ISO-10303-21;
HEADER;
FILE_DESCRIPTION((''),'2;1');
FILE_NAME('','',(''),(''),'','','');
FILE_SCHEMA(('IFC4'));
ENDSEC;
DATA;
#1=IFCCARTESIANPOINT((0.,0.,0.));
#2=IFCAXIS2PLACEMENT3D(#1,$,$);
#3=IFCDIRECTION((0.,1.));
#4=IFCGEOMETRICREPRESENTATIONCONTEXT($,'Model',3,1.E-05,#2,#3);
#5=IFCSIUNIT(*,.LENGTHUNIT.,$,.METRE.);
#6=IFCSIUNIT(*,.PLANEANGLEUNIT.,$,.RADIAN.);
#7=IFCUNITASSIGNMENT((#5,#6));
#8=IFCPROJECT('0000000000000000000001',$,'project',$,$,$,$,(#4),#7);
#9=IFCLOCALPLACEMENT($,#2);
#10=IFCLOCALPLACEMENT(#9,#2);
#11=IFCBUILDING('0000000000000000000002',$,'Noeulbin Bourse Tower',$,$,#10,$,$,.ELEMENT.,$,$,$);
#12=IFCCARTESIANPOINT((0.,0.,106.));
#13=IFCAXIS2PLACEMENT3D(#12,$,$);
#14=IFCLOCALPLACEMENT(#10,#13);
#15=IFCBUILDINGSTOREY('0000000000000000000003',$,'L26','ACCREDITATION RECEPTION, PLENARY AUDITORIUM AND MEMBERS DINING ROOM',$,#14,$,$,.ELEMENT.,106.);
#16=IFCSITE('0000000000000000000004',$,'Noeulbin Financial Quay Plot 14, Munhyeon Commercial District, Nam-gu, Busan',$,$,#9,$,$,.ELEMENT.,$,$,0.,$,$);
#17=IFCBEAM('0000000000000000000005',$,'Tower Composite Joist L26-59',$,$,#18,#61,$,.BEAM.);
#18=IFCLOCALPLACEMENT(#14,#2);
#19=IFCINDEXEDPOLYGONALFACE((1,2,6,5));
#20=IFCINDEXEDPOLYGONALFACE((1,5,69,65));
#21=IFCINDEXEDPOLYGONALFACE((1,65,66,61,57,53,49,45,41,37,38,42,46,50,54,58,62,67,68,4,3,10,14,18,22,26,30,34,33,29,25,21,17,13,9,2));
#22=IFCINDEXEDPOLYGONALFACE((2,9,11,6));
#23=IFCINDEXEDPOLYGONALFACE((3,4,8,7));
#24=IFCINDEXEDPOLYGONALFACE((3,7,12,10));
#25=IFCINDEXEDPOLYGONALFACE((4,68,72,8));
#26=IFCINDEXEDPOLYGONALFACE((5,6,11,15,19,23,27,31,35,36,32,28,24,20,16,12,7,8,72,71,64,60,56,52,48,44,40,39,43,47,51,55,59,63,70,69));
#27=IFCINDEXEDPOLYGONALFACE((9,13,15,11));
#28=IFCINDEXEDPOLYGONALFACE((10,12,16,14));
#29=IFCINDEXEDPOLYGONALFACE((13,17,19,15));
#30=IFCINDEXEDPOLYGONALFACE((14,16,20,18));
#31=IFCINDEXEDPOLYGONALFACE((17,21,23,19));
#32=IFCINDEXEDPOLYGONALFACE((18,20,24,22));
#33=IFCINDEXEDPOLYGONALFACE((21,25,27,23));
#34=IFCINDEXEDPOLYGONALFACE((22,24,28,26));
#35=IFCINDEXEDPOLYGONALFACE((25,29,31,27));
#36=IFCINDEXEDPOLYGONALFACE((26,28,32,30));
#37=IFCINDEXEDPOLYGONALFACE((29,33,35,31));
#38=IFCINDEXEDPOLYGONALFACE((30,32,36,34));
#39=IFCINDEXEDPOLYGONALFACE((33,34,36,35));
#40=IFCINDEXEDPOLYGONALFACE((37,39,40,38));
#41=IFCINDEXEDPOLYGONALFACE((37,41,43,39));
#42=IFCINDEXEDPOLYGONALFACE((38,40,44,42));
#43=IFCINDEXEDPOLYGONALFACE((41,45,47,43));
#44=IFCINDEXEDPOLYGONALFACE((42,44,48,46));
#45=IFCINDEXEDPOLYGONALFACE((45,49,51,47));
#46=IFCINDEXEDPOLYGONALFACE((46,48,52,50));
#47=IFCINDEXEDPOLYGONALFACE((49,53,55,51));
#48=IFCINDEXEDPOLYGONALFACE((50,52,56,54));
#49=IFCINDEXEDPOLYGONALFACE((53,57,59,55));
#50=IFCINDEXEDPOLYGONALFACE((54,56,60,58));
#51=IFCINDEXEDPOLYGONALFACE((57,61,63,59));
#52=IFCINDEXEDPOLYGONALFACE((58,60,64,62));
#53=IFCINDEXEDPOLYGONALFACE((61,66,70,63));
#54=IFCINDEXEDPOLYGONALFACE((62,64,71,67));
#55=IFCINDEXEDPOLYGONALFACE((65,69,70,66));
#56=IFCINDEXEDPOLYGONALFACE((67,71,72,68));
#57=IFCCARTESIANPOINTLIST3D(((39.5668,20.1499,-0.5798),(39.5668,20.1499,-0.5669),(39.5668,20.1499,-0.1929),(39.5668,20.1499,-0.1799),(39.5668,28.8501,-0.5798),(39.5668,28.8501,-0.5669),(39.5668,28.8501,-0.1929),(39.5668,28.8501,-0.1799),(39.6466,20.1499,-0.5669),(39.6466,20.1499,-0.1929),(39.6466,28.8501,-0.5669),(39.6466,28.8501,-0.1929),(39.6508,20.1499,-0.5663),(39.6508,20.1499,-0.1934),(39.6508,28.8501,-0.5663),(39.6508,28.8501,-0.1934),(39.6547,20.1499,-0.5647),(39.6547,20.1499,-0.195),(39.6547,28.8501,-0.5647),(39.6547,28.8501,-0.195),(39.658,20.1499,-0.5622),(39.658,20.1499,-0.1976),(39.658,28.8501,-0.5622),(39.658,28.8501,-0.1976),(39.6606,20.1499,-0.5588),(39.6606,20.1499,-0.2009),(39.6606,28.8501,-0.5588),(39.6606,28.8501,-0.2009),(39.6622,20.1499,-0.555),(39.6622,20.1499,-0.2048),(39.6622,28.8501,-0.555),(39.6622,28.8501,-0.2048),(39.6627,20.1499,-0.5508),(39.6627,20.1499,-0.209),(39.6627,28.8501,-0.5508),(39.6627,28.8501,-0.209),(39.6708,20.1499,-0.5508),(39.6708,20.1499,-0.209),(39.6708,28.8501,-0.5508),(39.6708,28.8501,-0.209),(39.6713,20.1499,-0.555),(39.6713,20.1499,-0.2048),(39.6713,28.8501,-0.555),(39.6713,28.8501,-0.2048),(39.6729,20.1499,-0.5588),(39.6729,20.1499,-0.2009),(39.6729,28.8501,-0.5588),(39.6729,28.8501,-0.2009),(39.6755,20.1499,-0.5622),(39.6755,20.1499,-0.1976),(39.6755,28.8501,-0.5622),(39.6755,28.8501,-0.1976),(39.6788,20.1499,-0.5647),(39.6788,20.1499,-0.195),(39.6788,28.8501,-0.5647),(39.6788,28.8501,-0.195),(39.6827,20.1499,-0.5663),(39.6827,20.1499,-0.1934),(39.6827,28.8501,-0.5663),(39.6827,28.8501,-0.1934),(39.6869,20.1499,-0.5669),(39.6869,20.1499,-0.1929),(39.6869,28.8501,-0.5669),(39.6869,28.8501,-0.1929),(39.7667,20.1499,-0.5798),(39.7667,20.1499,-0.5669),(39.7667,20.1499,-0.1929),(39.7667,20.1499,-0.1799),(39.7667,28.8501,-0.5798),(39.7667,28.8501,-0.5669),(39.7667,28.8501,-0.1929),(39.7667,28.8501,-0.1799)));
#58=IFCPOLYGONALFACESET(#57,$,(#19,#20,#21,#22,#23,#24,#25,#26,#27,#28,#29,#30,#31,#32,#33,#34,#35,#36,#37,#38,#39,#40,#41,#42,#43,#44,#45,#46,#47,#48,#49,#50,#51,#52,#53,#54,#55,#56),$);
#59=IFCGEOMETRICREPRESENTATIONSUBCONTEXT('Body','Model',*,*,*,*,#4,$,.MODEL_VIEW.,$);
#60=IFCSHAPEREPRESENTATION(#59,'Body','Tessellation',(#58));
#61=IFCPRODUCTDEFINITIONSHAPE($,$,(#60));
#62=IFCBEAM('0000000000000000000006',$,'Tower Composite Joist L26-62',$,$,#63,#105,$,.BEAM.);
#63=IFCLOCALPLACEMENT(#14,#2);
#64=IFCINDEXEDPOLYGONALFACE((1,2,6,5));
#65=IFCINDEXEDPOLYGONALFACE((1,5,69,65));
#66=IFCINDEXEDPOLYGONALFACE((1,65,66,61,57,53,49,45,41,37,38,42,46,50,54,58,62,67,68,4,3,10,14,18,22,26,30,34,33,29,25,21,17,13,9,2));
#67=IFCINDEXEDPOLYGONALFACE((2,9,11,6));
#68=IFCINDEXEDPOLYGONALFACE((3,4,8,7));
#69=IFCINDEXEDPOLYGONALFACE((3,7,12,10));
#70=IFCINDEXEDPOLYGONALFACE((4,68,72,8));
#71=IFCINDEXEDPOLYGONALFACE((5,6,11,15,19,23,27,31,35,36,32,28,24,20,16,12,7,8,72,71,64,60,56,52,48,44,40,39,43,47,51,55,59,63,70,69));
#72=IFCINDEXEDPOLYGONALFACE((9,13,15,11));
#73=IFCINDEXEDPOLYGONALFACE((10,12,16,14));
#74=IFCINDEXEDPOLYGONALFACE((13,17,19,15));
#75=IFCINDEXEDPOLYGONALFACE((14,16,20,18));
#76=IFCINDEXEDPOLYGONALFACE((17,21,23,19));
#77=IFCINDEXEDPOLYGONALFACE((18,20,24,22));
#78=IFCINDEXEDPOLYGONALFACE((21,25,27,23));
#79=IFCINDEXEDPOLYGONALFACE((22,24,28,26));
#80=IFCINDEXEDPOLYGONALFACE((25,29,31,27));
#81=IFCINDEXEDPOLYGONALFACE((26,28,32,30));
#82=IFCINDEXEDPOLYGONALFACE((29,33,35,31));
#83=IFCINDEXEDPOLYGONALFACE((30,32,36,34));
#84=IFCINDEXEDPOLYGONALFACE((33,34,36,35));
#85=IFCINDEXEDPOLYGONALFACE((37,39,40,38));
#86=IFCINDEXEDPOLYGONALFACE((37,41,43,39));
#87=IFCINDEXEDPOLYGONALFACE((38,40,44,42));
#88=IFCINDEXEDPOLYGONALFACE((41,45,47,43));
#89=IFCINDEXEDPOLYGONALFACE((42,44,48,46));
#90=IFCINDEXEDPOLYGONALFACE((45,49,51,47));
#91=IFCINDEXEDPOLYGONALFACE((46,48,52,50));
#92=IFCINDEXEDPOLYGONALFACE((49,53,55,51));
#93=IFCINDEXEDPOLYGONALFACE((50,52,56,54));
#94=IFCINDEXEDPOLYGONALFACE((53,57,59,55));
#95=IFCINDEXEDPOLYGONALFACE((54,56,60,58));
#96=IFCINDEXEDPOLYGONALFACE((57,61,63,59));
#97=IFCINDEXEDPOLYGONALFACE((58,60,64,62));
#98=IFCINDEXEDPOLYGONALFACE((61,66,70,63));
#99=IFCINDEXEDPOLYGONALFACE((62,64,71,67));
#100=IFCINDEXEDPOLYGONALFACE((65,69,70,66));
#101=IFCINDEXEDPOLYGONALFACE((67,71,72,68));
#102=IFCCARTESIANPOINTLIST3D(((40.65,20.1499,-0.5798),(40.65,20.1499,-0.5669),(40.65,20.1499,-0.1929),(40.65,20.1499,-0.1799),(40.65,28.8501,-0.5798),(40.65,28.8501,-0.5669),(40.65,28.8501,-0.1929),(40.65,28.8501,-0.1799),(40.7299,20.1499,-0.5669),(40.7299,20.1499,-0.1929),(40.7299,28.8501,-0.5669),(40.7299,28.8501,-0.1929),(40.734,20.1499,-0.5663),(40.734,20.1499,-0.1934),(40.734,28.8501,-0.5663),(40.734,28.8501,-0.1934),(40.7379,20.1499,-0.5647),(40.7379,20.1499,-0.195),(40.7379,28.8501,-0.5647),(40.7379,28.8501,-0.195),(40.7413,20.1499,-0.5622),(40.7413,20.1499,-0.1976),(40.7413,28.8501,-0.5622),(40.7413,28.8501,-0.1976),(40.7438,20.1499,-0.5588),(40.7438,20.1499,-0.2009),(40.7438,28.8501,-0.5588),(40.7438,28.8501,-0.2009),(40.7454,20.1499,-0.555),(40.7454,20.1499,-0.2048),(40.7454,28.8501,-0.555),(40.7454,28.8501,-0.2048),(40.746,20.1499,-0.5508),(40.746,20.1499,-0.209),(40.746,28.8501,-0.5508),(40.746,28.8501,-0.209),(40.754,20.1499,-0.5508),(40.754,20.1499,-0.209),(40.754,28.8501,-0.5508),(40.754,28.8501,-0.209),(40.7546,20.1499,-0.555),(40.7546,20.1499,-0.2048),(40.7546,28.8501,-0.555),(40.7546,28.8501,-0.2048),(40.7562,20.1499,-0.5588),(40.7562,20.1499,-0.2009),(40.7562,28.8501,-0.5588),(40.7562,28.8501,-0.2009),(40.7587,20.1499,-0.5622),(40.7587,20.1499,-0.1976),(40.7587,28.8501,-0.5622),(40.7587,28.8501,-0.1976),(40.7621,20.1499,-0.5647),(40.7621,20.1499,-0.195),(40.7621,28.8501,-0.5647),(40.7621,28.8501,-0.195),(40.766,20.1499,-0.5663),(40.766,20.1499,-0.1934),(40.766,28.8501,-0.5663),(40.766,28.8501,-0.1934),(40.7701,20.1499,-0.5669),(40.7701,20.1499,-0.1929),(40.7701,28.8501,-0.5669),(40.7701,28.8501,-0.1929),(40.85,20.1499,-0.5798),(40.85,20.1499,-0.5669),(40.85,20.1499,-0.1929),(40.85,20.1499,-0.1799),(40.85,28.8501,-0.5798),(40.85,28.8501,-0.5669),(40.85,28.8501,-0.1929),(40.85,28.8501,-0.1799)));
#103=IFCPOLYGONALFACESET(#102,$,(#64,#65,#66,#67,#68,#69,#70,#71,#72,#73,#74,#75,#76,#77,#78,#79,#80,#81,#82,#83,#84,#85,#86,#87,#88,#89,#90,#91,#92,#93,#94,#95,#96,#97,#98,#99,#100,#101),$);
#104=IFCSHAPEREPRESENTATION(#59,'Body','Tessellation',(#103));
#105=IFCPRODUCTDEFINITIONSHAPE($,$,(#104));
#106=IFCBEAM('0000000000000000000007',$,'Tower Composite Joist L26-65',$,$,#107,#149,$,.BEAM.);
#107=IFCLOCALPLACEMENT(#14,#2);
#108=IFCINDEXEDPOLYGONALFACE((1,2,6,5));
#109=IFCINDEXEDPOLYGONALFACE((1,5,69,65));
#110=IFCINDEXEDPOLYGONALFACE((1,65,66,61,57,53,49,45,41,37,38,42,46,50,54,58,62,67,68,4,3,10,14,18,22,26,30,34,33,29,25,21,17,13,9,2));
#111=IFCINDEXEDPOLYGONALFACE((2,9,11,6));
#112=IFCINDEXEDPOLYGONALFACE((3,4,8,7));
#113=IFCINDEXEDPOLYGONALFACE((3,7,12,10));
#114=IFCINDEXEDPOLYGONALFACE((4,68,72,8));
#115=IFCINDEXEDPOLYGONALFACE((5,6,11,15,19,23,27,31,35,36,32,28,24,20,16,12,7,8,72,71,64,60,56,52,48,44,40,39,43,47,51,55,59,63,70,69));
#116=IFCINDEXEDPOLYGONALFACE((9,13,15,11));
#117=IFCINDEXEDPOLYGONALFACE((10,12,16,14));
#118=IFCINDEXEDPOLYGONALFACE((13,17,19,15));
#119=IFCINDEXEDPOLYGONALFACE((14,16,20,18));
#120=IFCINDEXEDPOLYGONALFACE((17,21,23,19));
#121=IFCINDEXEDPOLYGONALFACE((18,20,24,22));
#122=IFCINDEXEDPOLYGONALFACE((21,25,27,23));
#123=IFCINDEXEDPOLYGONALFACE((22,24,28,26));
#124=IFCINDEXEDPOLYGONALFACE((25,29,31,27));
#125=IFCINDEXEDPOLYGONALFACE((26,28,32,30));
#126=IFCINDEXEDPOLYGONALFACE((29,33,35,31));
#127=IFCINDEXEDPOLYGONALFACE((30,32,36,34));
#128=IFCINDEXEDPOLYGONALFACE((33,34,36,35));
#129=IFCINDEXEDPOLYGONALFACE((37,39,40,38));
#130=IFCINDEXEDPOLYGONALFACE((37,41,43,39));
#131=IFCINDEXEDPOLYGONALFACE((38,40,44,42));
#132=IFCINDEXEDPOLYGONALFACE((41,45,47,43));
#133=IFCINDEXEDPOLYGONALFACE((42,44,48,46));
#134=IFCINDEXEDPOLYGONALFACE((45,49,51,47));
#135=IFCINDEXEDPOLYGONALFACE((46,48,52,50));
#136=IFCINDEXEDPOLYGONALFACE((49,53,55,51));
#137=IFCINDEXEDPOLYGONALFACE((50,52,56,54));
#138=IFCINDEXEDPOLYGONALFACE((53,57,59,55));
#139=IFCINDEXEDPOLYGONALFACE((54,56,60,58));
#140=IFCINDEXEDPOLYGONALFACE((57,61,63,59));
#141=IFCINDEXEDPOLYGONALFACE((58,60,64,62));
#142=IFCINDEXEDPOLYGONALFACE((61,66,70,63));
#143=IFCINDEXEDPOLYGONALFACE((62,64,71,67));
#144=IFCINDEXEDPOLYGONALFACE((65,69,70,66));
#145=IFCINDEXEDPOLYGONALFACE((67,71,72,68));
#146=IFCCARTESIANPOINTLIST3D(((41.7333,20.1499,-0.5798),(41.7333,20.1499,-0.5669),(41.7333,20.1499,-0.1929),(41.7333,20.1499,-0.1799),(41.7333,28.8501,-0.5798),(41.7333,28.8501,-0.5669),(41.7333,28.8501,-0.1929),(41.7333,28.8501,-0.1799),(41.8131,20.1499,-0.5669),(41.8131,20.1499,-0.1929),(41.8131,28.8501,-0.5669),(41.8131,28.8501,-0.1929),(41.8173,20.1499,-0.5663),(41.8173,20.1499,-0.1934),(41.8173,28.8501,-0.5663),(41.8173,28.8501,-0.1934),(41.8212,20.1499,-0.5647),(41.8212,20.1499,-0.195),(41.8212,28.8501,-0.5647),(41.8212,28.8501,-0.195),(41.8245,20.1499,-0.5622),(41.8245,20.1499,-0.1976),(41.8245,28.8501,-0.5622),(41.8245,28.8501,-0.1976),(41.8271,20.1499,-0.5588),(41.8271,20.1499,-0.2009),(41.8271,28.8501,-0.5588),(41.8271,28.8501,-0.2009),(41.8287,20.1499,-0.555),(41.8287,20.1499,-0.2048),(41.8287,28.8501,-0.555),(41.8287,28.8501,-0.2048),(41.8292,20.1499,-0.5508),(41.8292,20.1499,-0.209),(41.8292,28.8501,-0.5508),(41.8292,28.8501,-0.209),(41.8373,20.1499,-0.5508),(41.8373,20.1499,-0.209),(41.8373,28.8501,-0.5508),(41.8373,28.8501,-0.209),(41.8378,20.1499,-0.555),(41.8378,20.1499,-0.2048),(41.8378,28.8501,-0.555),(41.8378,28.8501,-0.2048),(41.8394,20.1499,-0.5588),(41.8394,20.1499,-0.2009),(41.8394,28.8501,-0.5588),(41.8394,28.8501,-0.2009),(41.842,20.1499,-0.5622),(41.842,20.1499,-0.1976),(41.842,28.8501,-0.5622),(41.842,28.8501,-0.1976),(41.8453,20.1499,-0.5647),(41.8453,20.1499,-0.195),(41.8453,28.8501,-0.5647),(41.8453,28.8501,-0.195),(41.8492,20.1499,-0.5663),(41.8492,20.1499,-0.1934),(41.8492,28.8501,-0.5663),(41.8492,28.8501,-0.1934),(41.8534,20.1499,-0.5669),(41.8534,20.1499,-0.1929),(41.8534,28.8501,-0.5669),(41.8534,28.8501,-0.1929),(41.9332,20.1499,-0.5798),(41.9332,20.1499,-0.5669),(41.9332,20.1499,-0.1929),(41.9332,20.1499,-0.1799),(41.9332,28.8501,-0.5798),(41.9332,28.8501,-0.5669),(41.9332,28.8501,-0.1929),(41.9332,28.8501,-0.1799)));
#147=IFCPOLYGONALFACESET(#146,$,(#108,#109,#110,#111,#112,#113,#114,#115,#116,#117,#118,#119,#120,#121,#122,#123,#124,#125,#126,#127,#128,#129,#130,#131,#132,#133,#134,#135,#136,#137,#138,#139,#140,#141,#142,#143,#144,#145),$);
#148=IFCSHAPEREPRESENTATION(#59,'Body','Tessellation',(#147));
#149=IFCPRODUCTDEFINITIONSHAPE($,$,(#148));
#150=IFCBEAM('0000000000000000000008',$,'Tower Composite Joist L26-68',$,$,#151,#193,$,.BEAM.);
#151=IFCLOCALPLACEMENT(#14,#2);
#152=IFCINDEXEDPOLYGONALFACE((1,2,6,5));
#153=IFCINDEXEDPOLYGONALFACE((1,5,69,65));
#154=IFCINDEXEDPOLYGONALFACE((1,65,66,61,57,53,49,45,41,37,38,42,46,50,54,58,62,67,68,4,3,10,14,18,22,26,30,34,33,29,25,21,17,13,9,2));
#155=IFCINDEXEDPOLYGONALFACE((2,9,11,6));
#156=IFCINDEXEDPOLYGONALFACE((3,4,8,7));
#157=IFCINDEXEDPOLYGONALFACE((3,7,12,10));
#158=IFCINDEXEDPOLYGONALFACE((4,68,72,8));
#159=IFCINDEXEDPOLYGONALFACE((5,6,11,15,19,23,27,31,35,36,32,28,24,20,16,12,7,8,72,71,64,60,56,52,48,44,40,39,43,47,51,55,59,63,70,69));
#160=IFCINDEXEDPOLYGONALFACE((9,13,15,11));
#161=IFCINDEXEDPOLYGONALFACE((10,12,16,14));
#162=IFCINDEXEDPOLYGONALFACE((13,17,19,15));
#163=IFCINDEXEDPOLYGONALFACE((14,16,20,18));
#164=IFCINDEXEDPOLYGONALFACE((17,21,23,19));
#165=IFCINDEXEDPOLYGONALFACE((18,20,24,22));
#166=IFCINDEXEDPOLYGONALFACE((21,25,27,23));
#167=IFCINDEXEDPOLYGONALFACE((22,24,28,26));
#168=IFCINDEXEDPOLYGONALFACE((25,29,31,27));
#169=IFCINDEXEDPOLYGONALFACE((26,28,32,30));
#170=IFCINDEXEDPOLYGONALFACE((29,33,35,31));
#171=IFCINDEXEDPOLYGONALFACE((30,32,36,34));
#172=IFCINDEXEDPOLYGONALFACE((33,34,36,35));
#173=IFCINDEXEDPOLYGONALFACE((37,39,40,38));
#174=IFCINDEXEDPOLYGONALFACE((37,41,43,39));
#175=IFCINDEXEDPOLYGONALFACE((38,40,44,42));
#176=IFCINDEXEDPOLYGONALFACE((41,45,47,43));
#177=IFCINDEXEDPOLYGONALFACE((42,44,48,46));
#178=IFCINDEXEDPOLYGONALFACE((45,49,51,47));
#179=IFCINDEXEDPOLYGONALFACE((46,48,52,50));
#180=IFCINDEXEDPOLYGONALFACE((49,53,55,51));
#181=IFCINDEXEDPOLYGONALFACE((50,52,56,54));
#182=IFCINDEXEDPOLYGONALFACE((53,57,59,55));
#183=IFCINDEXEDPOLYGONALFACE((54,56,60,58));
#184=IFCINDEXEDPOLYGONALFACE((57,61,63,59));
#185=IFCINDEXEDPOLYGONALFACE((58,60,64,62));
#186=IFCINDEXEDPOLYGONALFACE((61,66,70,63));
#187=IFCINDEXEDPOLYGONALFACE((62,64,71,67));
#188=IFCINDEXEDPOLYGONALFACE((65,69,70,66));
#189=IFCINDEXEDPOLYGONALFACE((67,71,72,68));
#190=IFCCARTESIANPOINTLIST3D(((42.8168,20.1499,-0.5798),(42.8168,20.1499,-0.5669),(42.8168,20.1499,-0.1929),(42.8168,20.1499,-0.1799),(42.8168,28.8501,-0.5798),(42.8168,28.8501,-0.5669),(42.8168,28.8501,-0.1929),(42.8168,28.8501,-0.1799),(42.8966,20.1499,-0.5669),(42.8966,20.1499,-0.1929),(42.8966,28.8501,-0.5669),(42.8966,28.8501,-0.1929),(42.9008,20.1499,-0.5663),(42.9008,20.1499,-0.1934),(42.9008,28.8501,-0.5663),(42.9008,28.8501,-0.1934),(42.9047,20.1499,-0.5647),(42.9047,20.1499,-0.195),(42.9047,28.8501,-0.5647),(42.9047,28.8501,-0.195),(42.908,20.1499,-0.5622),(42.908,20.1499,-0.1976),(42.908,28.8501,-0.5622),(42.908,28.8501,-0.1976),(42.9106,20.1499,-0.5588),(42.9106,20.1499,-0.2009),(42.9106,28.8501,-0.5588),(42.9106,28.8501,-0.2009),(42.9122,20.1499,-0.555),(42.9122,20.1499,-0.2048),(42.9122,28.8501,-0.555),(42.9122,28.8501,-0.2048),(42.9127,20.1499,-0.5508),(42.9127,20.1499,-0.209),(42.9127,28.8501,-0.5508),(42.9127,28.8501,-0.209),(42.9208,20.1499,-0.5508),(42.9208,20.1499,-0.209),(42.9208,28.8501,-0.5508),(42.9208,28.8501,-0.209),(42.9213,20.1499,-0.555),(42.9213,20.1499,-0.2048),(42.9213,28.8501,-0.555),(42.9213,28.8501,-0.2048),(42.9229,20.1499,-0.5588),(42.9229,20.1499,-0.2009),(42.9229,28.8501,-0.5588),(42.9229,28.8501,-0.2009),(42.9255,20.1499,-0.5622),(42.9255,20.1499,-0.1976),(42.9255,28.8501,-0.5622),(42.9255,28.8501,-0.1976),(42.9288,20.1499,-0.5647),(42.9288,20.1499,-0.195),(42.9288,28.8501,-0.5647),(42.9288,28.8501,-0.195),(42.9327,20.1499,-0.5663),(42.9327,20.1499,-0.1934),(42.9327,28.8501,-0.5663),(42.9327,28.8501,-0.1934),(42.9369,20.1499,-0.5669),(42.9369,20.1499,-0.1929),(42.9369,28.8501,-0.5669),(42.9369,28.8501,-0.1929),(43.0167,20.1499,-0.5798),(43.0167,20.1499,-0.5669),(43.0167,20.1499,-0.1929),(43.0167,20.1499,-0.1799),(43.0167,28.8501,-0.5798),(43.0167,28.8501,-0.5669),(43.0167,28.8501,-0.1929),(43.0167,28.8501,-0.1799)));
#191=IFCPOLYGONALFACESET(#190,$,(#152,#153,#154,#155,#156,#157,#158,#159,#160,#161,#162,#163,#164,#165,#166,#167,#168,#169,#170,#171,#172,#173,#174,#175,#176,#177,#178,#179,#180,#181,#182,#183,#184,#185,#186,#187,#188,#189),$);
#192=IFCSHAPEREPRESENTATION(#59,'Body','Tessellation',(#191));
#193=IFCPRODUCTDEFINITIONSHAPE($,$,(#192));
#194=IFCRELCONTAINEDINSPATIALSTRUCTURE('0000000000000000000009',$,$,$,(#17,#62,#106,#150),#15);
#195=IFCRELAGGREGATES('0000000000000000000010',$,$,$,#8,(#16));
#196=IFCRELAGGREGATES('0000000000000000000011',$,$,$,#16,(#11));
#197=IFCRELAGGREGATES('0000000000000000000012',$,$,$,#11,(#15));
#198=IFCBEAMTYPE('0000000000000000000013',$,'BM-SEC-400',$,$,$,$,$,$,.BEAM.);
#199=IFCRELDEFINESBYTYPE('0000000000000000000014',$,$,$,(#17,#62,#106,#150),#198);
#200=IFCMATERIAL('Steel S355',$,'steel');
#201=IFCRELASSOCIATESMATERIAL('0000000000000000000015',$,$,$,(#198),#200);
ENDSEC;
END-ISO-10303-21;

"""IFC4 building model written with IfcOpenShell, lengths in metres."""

from ifc_helpers import new_model, si_unit, direction, frame, origin, origin_2d, place, context, subcontext, project, spatial, i_section, extrude, material, material_profile, profile_set, type_object, element, save


model = new_model("IFC4")

# Units and contexts
model_context = context("Model", 3, precision=1e-05, world=origin(), true_north=direction((0.0, 1.0)))
body_context = subcontext(model_context, "Body", "Model", "MODEL_VIEW")
ifc_project = project(units=[si_unit("LENGTHUNIT", "METRE"), si_unit("PLANEANGLEUNIT", "RADIAN")], contexts=[model_context])

# Site, building, storey
site_placement = place(None, origin())
site = spatial("IfcSite", under=ifc_project, at=site_placement, Name="Noeulbin Financial Quay Plot 14, Munhyeon Commercial District, Nam-gu, Busan", CompositionType="ELEMENT", RefElevation=0.0)
building_placement = place(site_placement, origin())
building = spatial("IfcBuilding", under=site, at=building_placement, Name="Noeulbin Bourse Tower", CompositionType="ELEMENT")
storey_placement = place(building_placement, frame((0.0, 0.0, 106.0)))
storey = spatial("IfcBuildingStorey", under=building, at=storey_placement, Name="L26", Description="ACCREDITATION RECEPTION, PLENARY AUDITORIUM AND MEMBERS DINING ROOM", CompositionType="ELEMENT", Elevation=106.0)

# Shared definitions
ifc_material_1 = material(Name="Steel S355", Category="steel")

# Beams
ifc_material_profile_1 = material_profile(ifc_material_1, i_section(OverallWidth=0.2, OverallDepth=0.3999, WebThickness=0.0081, FlangeThickness=0.0129, FilletRadius=0.0161, at=origin_2d()), Name="H-400x200x8x13", Category="LoadBearing")
ifc_profile_set_1 = profile_set([ifc_material_profile_1], Name="Steel S355")
beam_type_1 = type_object("IfcBeamType", Name="BM-SEC-400", PredefinedType="BEAM", material=ifc_profile_set_1)
for number, where, z_axis, x_axis, name in (
    (1, (39.6667, 20.1499, -0.3799), (0.0, 1.0, 0.0), (-1.0, 0.0, 0.0), "Tower Composite Joist L26-59"),
    (2, (40.75, 20.1499, -0.3799), (0.0, 1.0, 0.0), (-1.0, 0.0, 0.0), "Tower Composite Joist L26-62"),
    (3, (41.8333, 20.1499, -0.3799), (0.0, 1.0, 0.0), (-1.0, 0.0, 0.0), "Tower Composite Joist L26-65"),
    (4, (42.9167, 20.1499, -0.3799), (0.0, 1.0, 0.0), (-1.0, 0.0, 0.0), "Tower Composite Joist L26-68"),
):
    element("IfcBeam", number, at=place(storey_placement, frame(where, z_axis=z_axis, x_axis=x_axis)), inside=storey, type_object=beam_type_1, Name=name, PredefinedType="BEAM", context=body_context, shape_type="SweptSolid", body=[
        extrude(i_section(OverallWidth=0.2, OverallDepth=0.3999, WebThickness=0.0081, FlangeThickness=0.0129, FilletRadius=0.0161, at=origin_2d()), origin(), (0.0, 0.0, 1.0), 8.7002),
    ])

save(model, "model.ifc")
